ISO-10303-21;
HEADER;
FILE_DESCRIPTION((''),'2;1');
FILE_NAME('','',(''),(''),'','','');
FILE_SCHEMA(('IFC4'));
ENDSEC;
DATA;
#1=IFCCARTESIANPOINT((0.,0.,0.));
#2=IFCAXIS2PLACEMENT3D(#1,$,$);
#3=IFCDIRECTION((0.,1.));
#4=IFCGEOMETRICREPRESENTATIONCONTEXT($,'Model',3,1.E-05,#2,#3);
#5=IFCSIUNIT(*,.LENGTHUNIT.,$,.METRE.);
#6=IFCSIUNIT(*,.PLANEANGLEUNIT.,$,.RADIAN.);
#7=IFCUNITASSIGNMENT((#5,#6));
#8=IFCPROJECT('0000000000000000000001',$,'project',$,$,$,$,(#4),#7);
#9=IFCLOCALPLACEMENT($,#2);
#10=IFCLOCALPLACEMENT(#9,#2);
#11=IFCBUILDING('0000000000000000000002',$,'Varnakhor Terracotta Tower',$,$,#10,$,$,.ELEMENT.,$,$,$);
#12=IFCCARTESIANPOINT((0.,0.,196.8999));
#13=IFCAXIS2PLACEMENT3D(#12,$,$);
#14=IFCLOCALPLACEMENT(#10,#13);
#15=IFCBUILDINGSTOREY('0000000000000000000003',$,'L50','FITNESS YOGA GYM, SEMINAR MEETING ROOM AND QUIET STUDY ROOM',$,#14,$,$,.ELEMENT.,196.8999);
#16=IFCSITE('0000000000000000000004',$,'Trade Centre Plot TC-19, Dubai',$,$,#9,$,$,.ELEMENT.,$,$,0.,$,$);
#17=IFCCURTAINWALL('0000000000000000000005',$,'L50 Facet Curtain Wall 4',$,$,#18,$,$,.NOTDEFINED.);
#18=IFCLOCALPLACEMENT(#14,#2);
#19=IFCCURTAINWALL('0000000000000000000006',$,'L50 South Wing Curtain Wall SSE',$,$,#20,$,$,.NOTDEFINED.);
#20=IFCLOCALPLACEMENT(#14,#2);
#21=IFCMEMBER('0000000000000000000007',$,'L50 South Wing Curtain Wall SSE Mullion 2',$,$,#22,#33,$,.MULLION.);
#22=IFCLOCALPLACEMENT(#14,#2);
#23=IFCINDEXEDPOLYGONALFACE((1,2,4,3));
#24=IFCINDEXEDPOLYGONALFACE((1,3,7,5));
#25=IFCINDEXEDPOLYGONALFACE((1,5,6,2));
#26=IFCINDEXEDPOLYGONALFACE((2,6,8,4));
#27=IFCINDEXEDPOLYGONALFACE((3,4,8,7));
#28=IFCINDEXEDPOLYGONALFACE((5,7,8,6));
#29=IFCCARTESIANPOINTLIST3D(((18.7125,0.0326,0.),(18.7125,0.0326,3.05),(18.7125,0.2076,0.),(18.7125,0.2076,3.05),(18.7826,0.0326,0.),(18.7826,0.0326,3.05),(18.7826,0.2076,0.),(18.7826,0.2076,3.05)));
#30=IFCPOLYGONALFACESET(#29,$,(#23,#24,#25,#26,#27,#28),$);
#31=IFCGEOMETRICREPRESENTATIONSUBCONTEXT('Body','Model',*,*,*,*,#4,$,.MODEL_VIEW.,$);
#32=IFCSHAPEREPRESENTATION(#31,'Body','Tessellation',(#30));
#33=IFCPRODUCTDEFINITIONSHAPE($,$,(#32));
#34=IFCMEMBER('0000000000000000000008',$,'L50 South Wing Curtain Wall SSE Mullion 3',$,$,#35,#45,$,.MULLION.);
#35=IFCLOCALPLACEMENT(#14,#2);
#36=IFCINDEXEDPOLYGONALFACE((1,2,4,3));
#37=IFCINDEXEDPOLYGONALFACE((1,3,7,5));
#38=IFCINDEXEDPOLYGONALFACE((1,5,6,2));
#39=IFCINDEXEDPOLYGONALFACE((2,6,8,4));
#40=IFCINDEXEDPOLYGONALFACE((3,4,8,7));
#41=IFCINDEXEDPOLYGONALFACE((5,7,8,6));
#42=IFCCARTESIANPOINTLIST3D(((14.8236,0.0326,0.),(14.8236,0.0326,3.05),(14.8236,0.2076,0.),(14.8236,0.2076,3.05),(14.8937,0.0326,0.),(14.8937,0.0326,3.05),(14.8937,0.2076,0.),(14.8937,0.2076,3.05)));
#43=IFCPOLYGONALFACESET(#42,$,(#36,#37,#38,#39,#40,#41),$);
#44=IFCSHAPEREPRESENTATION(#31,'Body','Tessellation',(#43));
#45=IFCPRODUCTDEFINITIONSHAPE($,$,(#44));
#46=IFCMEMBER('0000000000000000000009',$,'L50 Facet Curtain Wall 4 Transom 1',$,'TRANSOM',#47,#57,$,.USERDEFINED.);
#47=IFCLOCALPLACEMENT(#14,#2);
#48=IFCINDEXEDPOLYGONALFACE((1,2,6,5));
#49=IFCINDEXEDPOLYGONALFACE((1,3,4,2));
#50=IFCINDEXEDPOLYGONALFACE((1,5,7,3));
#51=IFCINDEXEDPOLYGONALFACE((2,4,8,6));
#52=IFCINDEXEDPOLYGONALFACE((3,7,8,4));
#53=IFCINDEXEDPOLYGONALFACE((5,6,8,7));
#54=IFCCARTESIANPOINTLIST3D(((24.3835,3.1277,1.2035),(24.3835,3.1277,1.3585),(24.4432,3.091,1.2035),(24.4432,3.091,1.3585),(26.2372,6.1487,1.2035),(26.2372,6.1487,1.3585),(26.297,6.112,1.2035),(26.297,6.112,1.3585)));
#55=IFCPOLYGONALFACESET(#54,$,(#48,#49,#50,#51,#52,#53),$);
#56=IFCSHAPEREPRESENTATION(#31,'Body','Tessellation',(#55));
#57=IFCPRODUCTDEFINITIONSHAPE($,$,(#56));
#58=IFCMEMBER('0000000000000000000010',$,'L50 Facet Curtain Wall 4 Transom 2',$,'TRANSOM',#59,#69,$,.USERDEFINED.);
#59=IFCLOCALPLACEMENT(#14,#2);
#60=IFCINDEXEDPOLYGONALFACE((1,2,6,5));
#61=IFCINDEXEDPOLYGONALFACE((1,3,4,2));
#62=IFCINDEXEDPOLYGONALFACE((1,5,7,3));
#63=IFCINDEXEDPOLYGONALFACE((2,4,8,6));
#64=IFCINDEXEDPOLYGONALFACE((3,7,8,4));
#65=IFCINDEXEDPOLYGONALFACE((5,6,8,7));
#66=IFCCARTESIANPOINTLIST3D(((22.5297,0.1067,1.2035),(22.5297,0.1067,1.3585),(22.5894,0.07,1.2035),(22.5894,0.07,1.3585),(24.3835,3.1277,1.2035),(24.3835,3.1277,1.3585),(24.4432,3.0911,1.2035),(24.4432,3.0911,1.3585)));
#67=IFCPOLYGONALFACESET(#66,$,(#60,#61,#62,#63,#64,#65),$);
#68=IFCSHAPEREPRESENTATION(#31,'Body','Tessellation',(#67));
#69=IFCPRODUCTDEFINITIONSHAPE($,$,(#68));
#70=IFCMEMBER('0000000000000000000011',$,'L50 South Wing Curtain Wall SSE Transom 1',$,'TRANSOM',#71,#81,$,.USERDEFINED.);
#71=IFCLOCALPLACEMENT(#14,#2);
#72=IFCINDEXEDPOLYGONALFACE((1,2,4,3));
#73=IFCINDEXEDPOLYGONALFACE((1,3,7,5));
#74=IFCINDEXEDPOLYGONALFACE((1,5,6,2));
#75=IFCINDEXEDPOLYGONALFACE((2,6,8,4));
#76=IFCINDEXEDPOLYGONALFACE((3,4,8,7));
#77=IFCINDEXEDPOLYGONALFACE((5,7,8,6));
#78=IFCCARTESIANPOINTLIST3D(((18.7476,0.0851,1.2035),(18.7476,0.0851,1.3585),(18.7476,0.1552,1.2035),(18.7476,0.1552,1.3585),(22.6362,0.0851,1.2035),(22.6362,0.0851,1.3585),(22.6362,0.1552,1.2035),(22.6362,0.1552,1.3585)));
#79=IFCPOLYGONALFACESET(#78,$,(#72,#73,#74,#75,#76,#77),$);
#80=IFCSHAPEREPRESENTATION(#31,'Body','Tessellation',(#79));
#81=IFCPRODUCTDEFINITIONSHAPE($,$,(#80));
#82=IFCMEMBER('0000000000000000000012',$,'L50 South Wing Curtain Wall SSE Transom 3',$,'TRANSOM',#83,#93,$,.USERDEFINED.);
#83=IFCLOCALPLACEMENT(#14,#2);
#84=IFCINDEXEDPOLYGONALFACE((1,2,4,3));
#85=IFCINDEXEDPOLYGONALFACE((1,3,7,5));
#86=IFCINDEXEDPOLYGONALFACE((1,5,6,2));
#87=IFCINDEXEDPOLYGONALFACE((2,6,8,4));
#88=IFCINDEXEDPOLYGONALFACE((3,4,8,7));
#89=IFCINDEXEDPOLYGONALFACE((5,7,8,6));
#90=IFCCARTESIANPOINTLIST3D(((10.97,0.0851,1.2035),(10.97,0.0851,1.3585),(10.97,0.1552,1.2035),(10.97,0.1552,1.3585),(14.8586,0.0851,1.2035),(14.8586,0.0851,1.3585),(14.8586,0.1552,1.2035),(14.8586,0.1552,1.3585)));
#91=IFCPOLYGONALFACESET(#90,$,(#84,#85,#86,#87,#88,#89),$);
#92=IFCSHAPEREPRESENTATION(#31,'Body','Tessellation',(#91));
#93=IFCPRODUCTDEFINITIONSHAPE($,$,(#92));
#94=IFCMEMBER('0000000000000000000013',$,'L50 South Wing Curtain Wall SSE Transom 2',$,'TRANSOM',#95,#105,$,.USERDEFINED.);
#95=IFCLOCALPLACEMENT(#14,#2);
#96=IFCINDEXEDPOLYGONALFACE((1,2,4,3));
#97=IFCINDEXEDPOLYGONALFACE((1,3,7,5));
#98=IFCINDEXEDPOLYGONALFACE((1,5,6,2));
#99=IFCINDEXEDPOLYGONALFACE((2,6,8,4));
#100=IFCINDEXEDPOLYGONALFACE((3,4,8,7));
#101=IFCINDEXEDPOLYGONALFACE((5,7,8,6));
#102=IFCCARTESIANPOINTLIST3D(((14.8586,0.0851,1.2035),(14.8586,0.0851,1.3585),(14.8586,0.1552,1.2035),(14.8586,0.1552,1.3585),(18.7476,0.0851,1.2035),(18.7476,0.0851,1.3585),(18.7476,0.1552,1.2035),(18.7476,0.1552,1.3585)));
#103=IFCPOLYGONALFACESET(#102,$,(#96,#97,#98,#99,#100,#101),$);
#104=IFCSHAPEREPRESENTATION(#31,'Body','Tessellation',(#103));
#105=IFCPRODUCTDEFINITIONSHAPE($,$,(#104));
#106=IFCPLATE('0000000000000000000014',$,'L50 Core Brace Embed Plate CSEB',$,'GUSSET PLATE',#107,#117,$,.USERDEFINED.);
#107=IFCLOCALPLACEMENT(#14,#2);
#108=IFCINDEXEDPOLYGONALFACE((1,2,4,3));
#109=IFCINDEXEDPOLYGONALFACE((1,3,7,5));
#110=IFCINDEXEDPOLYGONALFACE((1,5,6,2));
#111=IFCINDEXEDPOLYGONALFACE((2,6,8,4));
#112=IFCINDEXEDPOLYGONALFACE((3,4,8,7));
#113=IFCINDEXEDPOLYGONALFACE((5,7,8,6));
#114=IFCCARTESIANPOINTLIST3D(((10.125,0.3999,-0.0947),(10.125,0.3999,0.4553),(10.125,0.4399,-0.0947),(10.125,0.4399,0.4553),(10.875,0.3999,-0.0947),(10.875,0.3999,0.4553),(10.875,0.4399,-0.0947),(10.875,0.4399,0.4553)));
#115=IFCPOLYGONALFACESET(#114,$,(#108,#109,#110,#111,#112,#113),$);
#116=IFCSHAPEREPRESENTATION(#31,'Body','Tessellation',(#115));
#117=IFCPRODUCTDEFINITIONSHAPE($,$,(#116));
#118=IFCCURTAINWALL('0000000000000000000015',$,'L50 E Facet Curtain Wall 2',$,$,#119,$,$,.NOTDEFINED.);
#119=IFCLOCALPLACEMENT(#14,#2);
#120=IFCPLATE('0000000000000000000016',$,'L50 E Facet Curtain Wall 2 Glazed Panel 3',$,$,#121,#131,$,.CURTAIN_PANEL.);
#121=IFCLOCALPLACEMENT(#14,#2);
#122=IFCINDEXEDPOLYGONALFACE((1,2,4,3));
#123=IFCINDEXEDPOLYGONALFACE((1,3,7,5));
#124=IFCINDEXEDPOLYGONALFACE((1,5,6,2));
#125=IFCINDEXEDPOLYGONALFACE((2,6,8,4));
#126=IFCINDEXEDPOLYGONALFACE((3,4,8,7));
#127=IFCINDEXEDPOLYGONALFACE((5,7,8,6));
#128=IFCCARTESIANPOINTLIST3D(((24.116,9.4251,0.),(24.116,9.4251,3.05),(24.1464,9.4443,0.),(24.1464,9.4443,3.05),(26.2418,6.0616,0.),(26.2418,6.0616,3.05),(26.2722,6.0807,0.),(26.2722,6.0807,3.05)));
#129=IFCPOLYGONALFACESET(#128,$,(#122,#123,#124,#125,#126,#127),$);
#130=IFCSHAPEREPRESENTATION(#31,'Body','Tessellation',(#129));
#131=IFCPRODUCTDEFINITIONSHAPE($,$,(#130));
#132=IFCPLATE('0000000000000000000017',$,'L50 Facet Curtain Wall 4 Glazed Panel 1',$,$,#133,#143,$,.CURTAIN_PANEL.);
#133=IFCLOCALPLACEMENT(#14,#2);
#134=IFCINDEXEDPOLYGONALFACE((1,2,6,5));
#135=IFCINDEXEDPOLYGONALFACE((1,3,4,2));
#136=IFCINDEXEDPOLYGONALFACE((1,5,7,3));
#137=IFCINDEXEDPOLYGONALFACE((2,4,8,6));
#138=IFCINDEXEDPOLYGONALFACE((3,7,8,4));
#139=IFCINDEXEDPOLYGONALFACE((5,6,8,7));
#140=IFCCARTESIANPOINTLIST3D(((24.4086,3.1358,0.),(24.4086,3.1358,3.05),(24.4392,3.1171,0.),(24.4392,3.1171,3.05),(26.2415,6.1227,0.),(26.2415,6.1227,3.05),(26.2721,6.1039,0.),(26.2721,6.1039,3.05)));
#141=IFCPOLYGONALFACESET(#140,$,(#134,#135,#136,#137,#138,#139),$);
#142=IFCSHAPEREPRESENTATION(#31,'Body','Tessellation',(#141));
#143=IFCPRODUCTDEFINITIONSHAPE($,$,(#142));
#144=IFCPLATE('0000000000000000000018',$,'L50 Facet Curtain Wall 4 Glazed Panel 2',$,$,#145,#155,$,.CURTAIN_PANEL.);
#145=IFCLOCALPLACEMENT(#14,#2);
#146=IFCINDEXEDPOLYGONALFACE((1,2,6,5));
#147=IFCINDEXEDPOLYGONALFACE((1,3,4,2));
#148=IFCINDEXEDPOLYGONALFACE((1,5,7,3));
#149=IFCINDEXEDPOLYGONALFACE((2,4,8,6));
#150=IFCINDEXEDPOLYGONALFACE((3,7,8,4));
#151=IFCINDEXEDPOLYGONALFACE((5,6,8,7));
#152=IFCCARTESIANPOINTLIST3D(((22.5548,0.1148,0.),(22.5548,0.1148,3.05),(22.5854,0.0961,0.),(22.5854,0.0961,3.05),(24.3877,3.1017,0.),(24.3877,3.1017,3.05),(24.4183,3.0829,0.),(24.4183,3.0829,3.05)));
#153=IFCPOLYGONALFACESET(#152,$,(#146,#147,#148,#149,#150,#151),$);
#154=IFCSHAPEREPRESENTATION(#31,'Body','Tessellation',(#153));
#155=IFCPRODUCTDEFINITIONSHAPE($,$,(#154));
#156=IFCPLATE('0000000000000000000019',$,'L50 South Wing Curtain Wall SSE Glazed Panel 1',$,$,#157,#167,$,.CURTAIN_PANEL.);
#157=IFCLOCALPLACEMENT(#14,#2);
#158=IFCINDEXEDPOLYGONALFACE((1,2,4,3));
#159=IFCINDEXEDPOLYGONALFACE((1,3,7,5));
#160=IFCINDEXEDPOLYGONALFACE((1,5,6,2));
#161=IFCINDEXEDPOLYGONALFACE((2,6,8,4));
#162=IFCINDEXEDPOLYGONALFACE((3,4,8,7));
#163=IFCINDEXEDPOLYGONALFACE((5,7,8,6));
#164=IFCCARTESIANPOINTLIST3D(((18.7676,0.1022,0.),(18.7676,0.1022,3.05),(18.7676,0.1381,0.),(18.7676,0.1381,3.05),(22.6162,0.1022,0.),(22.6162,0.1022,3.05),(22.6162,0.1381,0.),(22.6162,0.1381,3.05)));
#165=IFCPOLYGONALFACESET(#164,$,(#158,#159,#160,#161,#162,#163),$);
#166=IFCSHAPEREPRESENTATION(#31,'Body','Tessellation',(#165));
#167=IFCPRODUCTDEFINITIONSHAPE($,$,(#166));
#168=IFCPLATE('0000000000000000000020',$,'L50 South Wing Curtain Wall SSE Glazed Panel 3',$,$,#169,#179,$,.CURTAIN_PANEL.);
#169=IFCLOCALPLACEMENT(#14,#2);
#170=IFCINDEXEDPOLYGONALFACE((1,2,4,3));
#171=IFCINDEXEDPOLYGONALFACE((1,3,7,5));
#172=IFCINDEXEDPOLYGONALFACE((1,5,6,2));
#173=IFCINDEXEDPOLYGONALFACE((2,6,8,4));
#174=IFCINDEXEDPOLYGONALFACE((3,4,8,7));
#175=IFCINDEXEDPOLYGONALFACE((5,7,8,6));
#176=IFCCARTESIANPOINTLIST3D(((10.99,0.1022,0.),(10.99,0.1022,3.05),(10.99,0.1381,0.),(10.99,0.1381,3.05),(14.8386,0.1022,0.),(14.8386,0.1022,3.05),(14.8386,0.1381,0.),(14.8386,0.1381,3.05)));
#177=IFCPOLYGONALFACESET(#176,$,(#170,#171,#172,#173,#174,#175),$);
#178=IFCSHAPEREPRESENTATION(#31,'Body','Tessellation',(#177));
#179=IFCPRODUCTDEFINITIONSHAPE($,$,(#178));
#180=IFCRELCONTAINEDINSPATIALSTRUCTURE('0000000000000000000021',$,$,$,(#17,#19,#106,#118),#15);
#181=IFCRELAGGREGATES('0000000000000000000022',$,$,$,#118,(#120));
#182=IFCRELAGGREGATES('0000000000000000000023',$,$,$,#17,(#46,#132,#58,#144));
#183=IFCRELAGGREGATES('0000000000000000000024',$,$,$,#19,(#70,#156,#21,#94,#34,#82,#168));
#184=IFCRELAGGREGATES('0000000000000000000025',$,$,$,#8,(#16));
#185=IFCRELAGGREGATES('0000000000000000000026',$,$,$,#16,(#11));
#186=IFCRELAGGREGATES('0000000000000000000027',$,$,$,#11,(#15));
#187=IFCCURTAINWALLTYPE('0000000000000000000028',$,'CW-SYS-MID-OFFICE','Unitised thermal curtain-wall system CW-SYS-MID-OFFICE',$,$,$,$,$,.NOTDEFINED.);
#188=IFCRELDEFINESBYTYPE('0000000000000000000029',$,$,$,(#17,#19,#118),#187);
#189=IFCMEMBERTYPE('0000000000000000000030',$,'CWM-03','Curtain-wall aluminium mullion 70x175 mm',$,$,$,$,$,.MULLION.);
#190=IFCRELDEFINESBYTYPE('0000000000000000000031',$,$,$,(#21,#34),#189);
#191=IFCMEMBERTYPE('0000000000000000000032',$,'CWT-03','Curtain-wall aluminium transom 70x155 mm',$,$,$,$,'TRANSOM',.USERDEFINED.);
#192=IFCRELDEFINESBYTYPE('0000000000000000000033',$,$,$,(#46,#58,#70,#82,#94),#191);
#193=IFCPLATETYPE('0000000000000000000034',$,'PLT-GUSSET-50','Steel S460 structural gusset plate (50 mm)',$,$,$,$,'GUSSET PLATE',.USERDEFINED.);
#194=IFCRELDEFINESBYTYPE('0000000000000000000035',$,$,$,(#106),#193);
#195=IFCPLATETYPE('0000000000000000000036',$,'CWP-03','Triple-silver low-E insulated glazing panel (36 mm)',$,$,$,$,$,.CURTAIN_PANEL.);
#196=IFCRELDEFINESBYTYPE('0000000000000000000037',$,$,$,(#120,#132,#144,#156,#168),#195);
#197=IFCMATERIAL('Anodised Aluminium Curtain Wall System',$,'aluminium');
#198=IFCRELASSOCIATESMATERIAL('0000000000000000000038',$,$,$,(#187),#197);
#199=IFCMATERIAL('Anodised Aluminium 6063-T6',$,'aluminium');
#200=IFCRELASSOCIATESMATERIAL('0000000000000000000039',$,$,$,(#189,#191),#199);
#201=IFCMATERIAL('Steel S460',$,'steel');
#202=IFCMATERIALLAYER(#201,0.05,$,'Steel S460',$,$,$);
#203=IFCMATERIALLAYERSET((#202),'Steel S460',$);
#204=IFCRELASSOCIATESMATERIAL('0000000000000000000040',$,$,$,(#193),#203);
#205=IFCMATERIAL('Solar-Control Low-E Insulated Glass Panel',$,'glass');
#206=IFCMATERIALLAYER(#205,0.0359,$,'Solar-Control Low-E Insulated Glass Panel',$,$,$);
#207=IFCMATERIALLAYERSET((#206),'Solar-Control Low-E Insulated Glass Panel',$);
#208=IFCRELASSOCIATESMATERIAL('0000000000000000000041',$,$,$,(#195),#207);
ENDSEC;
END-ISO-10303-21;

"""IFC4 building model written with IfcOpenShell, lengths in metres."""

from ifc_helpers import new_model, si_unit, direction, frame, origin, origin_2d, place, context, subcontext, project, spatial, rectangle, extrude, source, transform, mapped, material, layer, layer_set, material_profile, profile_set, type_object, type_shapes, element, aggregate, save


model = new_model("IFC4")

# Units and contexts
model_context = context("Model", 3, precision=1e-05, world=origin(), true_north=direction((0.0, 1.0)))
body_context = subcontext(model_context, "Body", "Model", "MODEL_VIEW")
ifc_project = project(units=[si_unit("LENGTHUNIT", "METRE"), si_unit("PLANEANGLEUNIT", "RADIAN")], contexts=[model_context])

# Site, building, storey
site_placement = place(None, origin())
site = spatial("IfcSite", under=ifc_project, at=site_placement, Name="Trade Centre Plot TC-19, Dubai", CompositionType="ELEMENT", RefElevation=0.0)
building_placement = place(site_placement, origin())
building = spatial("IfcBuilding", under=site, at=building_placement, Name="Varnakhor Terracotta Tower", CompositionType="ELEMENT")
storey_placement = place(building_placement, frame((0.0, 0.0, 196.8999)))
storey = spatial("IfcBuildingStorey", under=building, at=storey_placement, Name="L50", Description="FITNESS YOGA GYM, SEMINAR MEETING ROOM AND QUIET STUDY ROOM", CompositionType="ELEMENT", Elevation=196.8999)

# Shared definitions
ifc_material_1 = material(Name="Steel S460", Category="steel")

# Curtain walls, members
ifc_material_2 = material(Name="Anodised Aluminium Curtain Wall System", Category="aluminium")
curtain_wall_type = type_object("IfcCurtainWallType", Name="CW-SYS-MID-OFFICE", Description="Unitised thermal curtain-wall system CW-SYS-MID-OFFICE", PredefinedType="NOTDEFINED", material=ifc_material_2)
curtain_wall_1_placement = place(storey_placement, origin())
curtain_wall_1 = element("IfcCurtainWall", 1, at=curtain_wall_1_placement, inside=storey, type_object=curtain_wall_type, Name="L50 Facet Curtain Wall 4", PredefinedType="NOTDEFINED")
ifc_material_3 = material(Name="Anodised Aluminium 6063-T6", Category="aluminium")
ifc_material_profile_1 = material_profile(ifc_material_3, rectangle(XDim=0.0701, YDim=0.175, at=origin_2d()), Name="ALU MULLION 70x175")
ifc_profile_set_1 = profile_set([ifc_material_profile_1], Name="Anodised Aluminium 6063-T6")
member_type_1 = type_object("IfcMemberType", Name="CWM-03", Description="Curtain-wall aluminium mullion 70x175 mm", PredefinedType="MULLION", material=ifc_profile_set_1)
shared_shape_1 = source(origin(), body_context, "Body", "SweptSolid", [
    extrude(rectangle(XDim=0.0701, YDim=0.175, at=origin_2d()), origin(), (0.0, 0.0, 1.0), 3.05),
])
curtain_wall_2_placement = place(storey_placement, origin())
curtain_wall_2 = element("IfcCurtainWall", 2, at=curtain_wall_2_placement, inside=storey, type_object=curtain_wall_type, Name="L50 South Wing Curtain Wall SSE", PredefinedType="NOTDEFINED")
member_1_placement = place(storey_placement, frame((18.7476, 0.1201, 0.0), z_axis=(0.0, 0.0, 1.0), x_axis=(1.0, 0.0, 0.0)))
member_1 = element("IfcMember", 3, at=member_1_placement, type_object=member_type_1, Name="L50 South Wing Curtain Wall SSE Mullion 2", PredefinedType="MULLION", context=body_context, shape_type="MappedRepresentation", body=[
    mapped(shared_shape_1, transform((0.0, 0.0, 0.0), scale=1.0)),
])
member_2_placement = place(storey_placement, frame((14.8586, 0.1201, 0.0), z_axis=(0.0, 0.0, 1.0), x_axis=(1.0, 0.0, 0.0)))
member_2 = element("IfcMember", 4, at=member_2_placement, type_object=member_type_1, Name="L50 South Wing Curtain Wall SSE Mullion 3", PredefinedType="MULLION", context=body_context, shape_type="MappedRepresentation", body=[
    mapped(shared_shape_1, transform((0.0, 0.0, 0.0), scale=1.0)),
])

# Members
ifc_material_profile_2 = material_profile(ifc_material_3, rectangle(XDim=0.0701, YDim=0.155, at=origin_2d()), Name="ALU TRANSOM 70x155")
ifc_profile_set_2 = profile_set([ifc_material_profile_2], Name="Anodised Aluminium 6063-T6")
member_type_2 = type_object("IfcMemberType", Name="CWT-03", Description="Curtain-wall aluminium transom 70x155 mm", ElementType="TRANSOM", PredefinedType="USERDEFINED", material=ifc_profile_set_2)
shared_shape_2 = source(origin(), body_context, "Body", "SweptSolid", [
    extrude(rectangle(XDim=0.0701, YDim=0.155, at=origin_2d()), origin(), (0.0, 0.0, 1.0), 3.5444),
])
member_3_placement = place(storey_placement, frame((26.2671, 6.1304, 1.281), z_axis=(-0.523009, -0.852327, 0.0), x_axis=(0.852327, -0.523009, 0.0)))
member_3 = element("IfcMember", 5, at=member_3_placement, type_object=member_type_2, Name="L50 Facet Curtain Wall 4 Transom 1", ObjectType="TRANSOM", PredefinedType="USERDEFINED", context=body_context, shape_type="MappedRepresentation", body=[
    mapped(shared_shape_2, transform((0.0, 0.0, 0.0), scale=1.0)),
])
member_4_placement = place(storey_placement, frame((24.4133, 3.1094, 1.281), z_axis=(-0.523009, -0.852327, 0.0), x_axis=(0.852327, -0.523009, 0.0)))
member_4 = element("IfcMember", 6, at=member_4_placement, type_object=member_type_2, Name="L50 Facet Curtain Wall 4 Transom 2", ObjectType="TRANSOM", PredefinedType="USERDEFINED", context=body_context, shape_type="MappedRepresentation", body=[
    mapped(shared_shape_2, transform((0.0, 0.0, 0.0), scale=1.0)),
])
shared_shape_3 = source(origin(), body_context, "Body", "SweptSolid", [
    extrude(rectangle(XDim=0.0701, YDim=0.155, at=origin_2d()), origin(), (0.0, 0.0, 1.0), 3.8887),
])
member_5_placement = place(storey_placement, frame((22.6362, 0.1201, 1.281), z_axis=(-1.0, 0.0, 0.0), x_axis=(0.0, -1.0, 0.0)))
member_5 = element("IfcMember", 7, at=member_5_placement, type_object=member_type_2, Name="L50 South Wing Curtain Wall SSE Transom 1", ObjectType="TRANSOM", PredefinedType="USERDEFINED", context=body_context, shape_type="MappedRepresentation", body=[
    mapped(shared_shape_3, transform((0.0, 0.0, 0.0), scale=1.0)),
])
member_6_placement = place(storey_placement, frame((14.8586, 0.1201, 1.281), z_axis=(-1.0, 0.0, 0.0), x_axis=(0.0, -1.0, 0.0)))
member_6 = element("IfcMember", 8, at=member_6_placement, type_object=member_type_2, Name="L50 South Wing Curtain Wall SSE Transom 3", ObjectType="TRANSOM", PredefinedType="USERDEFINED", context=body_context, shape_type="MappedRepresentation", body=[
    mapped(shared_shape_3, transform((0.0, 0.0, 0.0), scale=1.0)),
])
shared_shape_4 = source(origin(), body_context, "Body", "SweptSolid", [
    extrude(rectangle(XDim=0.0701, YDim=0.155, at=origin_2d()), origin(), (0.0, 0.0, 1.0), 3.8889),
])
member_7_placement = place(storey_placement, frame((18.7476, 0.1201, 1.281), z_axis=(-1.0, 0.0, 0.0), x_axis=(0.0, -1.0, 0.0)))
member_7 = element("IfcMember", 9, at=member_7_placement, type_object=member_type_2, Name="L50 South Wing Curtain Wall SSE Transom 2", ObjectType="TRANSOM", PredefinedType="USERDEFINED", context=body_context, shape_type="MappedRepresentation", body=[
    mapped(shared_shape_4, transform((0.0, 0.0, 0.0), scale=1.0)),
])

# Plate
ifc_layer_1 = layer(ifc_material_1, 0.05, Name="Steel S460")
ifc_layer_set_1 = layer_set([ifc_layer_1], Name="Steel S460")
plate_type_1 = type_object("IfcPlateType", Name="PLT-GUSSET-50", Description="Steel S460 structural gusset plate (50 mm)", ElementType="GUSSET PLATE", PredefinedType="USERDEFINED", material=ifc_layer_set_1)
shared_shape_5 = source(origin(), body_context, "Body", "SweptSolid", [
    extrude(rectangle(XDim=0.75, YDim=0.04, at=origin_2d()), origin(), (0.0, 0.0, 1.0), 0.55),
])
type_shapes(plate_type_1, [shared_shape_5])
plate_1_placement = place(storey_placement, frame((10.5, 0.4199, -0.0947), z_axis=(0.0, 0.0, 1.0), x_axis=(1.0, 0.0, 0.0)))
element("IfcPlate", 10, at=plate_1_placement, inside=storey, type_object=plate_type_1, Name="L50 Core Brace Embed Plate CSEB", ObjectType="GUSSET PLATE", PredefinedType="USERDEFINED", context=body_context, shape_type="MappedRepresentation", body=[
    mapped(shared_shape_5, transform((0.0, 0.0, 0.0), scale=1.0)),
])

# Curtain wall, plate
curtain_wall_3_placement = place(storey_placement, origin())
curtain_wall_3 = element("IfcCurtainWall", 11, at=curtain_wall_3_placement, inside=storey, type_object=curtain_wall_type, Name="L50 E Facet Curtain Wall 2", PredefinedType="NOTDEFINED")
ifc_material_4 = material(Name="Solar-Control Low-E Insulated Glass Panel", Category="glass")
ifc_layer_2 = layer(ifc_material_4, 0.0359, Name="Solar-Control Low-E Insulated Glass Panel")
ifc_layer_set_2 = layer_set([ifc_layer_2], Name="Solar-Control Low-E Insulated Glass Panel")
plate_type_2 = type_object("IfcPlateType", Name="CWP-03", Description="Triple-silver low-E insulated glazing panel (36 mm)", PredefinedType="CURTAIN_PANEL", material=ifc_layer_set_2)
shared_shape_6 = source(origin(), body_context, "Body", "SweptSolid", [
    extrude(rectangle(XDim=3.979, YDim=0.0359, at=origin_2d()), origin(), (0.0, 0.0, 1.0), 3.05),
])
plate_2_placement = place(storey_placement, frame((25.1941, 7.7529, 0.0), z_axis=(0.0, 0.0, 1.0), x_axis=(0.534249, -0.845327, 0.0)))
plate_2 = element("IfcPlate", 12, at=plate_2_placement, type_object=plate_type_2, Name="L50 E Facet Curtain Wall 2 Glazed Panel 3", PredefinedType="CURTAIN_PANEL", context=body_context, shape_type="MappedRepresentation", body=[
    mapped(shared_shape_6, transform((0.0, 0.0, 0.0), scale=1.0)),
])
aggregate(curtain_wall_3, [plate_2])

# Plates
shared_shape_7 = source(origin(), body_context, "Body", "SweptSolid", [
    extrude(rectangle(XDim=3.5044, YDim=0.0359, at=origin_2d()), origin(), (0.0, 0.0, 1.0), 3.05),
])
plate_3_placement = place(storey_placement, frame((25.3403, 4.6199, 0.0), z_axis=(0.0, 0.0, 1.0), x_axis=(-0.523019, -0.852321, 0.0)))
plate_3 = element("IfcPlate", 13, at=plate_3_placement, type_object=plate_type_2, Name="L50 Facet Curtain Wall 4 Glazed Panel 1", PredefinedType="CURTAIN_PANEL", context=body_context, shape_type="MappedRepresentation", body=[
    mapped(shared_shape_7, transform((0.0, 0.0, 0.0), scale=1.0)),
])
plate_4_placement = place(storey_placement, frame((23.4866, 1.5989, 0.0), z_axis=(0.0, 0.0, 1.0), x_axis=(-0.523019, -0.852321, 0.0)))
plate_4 = element("IfcPlate", 14, at=plate_4_placement, type_object=plate_type_2, Name="L50 Facet Curtain Wall 4 Glazed Panel 2", PredefinedType="CURTAIN_PANEL", context=body_context, shape_type="MappedRepresentation", body=[
    mapped(shared_shape_7, transform((0.0, 0.0, 0.0), scale=1.0)),
])
aggregate(curtain_wall_1, [member_3, plate_3, member_4, plate_4])
shared_shape_8 = source(origin(), body_context, "Body", "SweptSolid", [
    extrude(rectangle(XDim=3.8486, YDim=0.0359, at=origin_2d()), origin(), (0.0, 0.0, 1.0), 3.05),
])
plate_5_placement = place(storey_placement, frame((20.6919, 0.1201, 0.0), z_axis=(0.0, 0.0, 1.0), x_axis=(-1.0, 0.0, 0.0)))
plate_5 = element("IfcPlate", 15, at=plate_5_placement, type_object=plate_type_2, Name="L50 South Wing Curtain Wall SSE Glazed Panel 1", PredefinedType="CURTAIN_PANEL", context=body_context, shape_type="MappedRepresentation", body=[
    mapped(shared_shape_8, transform((0.0, 0.0, 0.0), scale=1.0)),
])
plate_6_placement = place(storey_placement, frame((12.9143, 0.1201, 0.0), z_axis=(0.0, 0.0, 1.0), x_axis=(-1.0, 0.0, 0.0)))
plate_6 = element("IfcPlate", 16, at=plate_6_placement, type_object=plate_type_2, Name="L50 South Wing Curtain Wall SSE Glazed Panel 3", PredefinedType="CURTAIN_PANEL", context=body_context, shape_type="MappedRepresentation", body=[
    mapped(shared_shape_8, transform((0.0, 0.0, 0.0), scale=1.0)),
])
aggregate(curtain_wall_2, [member_5, plate_5, member_1, member_7, member_2, member_6, plate_6])

save(model, "model.ifc")
